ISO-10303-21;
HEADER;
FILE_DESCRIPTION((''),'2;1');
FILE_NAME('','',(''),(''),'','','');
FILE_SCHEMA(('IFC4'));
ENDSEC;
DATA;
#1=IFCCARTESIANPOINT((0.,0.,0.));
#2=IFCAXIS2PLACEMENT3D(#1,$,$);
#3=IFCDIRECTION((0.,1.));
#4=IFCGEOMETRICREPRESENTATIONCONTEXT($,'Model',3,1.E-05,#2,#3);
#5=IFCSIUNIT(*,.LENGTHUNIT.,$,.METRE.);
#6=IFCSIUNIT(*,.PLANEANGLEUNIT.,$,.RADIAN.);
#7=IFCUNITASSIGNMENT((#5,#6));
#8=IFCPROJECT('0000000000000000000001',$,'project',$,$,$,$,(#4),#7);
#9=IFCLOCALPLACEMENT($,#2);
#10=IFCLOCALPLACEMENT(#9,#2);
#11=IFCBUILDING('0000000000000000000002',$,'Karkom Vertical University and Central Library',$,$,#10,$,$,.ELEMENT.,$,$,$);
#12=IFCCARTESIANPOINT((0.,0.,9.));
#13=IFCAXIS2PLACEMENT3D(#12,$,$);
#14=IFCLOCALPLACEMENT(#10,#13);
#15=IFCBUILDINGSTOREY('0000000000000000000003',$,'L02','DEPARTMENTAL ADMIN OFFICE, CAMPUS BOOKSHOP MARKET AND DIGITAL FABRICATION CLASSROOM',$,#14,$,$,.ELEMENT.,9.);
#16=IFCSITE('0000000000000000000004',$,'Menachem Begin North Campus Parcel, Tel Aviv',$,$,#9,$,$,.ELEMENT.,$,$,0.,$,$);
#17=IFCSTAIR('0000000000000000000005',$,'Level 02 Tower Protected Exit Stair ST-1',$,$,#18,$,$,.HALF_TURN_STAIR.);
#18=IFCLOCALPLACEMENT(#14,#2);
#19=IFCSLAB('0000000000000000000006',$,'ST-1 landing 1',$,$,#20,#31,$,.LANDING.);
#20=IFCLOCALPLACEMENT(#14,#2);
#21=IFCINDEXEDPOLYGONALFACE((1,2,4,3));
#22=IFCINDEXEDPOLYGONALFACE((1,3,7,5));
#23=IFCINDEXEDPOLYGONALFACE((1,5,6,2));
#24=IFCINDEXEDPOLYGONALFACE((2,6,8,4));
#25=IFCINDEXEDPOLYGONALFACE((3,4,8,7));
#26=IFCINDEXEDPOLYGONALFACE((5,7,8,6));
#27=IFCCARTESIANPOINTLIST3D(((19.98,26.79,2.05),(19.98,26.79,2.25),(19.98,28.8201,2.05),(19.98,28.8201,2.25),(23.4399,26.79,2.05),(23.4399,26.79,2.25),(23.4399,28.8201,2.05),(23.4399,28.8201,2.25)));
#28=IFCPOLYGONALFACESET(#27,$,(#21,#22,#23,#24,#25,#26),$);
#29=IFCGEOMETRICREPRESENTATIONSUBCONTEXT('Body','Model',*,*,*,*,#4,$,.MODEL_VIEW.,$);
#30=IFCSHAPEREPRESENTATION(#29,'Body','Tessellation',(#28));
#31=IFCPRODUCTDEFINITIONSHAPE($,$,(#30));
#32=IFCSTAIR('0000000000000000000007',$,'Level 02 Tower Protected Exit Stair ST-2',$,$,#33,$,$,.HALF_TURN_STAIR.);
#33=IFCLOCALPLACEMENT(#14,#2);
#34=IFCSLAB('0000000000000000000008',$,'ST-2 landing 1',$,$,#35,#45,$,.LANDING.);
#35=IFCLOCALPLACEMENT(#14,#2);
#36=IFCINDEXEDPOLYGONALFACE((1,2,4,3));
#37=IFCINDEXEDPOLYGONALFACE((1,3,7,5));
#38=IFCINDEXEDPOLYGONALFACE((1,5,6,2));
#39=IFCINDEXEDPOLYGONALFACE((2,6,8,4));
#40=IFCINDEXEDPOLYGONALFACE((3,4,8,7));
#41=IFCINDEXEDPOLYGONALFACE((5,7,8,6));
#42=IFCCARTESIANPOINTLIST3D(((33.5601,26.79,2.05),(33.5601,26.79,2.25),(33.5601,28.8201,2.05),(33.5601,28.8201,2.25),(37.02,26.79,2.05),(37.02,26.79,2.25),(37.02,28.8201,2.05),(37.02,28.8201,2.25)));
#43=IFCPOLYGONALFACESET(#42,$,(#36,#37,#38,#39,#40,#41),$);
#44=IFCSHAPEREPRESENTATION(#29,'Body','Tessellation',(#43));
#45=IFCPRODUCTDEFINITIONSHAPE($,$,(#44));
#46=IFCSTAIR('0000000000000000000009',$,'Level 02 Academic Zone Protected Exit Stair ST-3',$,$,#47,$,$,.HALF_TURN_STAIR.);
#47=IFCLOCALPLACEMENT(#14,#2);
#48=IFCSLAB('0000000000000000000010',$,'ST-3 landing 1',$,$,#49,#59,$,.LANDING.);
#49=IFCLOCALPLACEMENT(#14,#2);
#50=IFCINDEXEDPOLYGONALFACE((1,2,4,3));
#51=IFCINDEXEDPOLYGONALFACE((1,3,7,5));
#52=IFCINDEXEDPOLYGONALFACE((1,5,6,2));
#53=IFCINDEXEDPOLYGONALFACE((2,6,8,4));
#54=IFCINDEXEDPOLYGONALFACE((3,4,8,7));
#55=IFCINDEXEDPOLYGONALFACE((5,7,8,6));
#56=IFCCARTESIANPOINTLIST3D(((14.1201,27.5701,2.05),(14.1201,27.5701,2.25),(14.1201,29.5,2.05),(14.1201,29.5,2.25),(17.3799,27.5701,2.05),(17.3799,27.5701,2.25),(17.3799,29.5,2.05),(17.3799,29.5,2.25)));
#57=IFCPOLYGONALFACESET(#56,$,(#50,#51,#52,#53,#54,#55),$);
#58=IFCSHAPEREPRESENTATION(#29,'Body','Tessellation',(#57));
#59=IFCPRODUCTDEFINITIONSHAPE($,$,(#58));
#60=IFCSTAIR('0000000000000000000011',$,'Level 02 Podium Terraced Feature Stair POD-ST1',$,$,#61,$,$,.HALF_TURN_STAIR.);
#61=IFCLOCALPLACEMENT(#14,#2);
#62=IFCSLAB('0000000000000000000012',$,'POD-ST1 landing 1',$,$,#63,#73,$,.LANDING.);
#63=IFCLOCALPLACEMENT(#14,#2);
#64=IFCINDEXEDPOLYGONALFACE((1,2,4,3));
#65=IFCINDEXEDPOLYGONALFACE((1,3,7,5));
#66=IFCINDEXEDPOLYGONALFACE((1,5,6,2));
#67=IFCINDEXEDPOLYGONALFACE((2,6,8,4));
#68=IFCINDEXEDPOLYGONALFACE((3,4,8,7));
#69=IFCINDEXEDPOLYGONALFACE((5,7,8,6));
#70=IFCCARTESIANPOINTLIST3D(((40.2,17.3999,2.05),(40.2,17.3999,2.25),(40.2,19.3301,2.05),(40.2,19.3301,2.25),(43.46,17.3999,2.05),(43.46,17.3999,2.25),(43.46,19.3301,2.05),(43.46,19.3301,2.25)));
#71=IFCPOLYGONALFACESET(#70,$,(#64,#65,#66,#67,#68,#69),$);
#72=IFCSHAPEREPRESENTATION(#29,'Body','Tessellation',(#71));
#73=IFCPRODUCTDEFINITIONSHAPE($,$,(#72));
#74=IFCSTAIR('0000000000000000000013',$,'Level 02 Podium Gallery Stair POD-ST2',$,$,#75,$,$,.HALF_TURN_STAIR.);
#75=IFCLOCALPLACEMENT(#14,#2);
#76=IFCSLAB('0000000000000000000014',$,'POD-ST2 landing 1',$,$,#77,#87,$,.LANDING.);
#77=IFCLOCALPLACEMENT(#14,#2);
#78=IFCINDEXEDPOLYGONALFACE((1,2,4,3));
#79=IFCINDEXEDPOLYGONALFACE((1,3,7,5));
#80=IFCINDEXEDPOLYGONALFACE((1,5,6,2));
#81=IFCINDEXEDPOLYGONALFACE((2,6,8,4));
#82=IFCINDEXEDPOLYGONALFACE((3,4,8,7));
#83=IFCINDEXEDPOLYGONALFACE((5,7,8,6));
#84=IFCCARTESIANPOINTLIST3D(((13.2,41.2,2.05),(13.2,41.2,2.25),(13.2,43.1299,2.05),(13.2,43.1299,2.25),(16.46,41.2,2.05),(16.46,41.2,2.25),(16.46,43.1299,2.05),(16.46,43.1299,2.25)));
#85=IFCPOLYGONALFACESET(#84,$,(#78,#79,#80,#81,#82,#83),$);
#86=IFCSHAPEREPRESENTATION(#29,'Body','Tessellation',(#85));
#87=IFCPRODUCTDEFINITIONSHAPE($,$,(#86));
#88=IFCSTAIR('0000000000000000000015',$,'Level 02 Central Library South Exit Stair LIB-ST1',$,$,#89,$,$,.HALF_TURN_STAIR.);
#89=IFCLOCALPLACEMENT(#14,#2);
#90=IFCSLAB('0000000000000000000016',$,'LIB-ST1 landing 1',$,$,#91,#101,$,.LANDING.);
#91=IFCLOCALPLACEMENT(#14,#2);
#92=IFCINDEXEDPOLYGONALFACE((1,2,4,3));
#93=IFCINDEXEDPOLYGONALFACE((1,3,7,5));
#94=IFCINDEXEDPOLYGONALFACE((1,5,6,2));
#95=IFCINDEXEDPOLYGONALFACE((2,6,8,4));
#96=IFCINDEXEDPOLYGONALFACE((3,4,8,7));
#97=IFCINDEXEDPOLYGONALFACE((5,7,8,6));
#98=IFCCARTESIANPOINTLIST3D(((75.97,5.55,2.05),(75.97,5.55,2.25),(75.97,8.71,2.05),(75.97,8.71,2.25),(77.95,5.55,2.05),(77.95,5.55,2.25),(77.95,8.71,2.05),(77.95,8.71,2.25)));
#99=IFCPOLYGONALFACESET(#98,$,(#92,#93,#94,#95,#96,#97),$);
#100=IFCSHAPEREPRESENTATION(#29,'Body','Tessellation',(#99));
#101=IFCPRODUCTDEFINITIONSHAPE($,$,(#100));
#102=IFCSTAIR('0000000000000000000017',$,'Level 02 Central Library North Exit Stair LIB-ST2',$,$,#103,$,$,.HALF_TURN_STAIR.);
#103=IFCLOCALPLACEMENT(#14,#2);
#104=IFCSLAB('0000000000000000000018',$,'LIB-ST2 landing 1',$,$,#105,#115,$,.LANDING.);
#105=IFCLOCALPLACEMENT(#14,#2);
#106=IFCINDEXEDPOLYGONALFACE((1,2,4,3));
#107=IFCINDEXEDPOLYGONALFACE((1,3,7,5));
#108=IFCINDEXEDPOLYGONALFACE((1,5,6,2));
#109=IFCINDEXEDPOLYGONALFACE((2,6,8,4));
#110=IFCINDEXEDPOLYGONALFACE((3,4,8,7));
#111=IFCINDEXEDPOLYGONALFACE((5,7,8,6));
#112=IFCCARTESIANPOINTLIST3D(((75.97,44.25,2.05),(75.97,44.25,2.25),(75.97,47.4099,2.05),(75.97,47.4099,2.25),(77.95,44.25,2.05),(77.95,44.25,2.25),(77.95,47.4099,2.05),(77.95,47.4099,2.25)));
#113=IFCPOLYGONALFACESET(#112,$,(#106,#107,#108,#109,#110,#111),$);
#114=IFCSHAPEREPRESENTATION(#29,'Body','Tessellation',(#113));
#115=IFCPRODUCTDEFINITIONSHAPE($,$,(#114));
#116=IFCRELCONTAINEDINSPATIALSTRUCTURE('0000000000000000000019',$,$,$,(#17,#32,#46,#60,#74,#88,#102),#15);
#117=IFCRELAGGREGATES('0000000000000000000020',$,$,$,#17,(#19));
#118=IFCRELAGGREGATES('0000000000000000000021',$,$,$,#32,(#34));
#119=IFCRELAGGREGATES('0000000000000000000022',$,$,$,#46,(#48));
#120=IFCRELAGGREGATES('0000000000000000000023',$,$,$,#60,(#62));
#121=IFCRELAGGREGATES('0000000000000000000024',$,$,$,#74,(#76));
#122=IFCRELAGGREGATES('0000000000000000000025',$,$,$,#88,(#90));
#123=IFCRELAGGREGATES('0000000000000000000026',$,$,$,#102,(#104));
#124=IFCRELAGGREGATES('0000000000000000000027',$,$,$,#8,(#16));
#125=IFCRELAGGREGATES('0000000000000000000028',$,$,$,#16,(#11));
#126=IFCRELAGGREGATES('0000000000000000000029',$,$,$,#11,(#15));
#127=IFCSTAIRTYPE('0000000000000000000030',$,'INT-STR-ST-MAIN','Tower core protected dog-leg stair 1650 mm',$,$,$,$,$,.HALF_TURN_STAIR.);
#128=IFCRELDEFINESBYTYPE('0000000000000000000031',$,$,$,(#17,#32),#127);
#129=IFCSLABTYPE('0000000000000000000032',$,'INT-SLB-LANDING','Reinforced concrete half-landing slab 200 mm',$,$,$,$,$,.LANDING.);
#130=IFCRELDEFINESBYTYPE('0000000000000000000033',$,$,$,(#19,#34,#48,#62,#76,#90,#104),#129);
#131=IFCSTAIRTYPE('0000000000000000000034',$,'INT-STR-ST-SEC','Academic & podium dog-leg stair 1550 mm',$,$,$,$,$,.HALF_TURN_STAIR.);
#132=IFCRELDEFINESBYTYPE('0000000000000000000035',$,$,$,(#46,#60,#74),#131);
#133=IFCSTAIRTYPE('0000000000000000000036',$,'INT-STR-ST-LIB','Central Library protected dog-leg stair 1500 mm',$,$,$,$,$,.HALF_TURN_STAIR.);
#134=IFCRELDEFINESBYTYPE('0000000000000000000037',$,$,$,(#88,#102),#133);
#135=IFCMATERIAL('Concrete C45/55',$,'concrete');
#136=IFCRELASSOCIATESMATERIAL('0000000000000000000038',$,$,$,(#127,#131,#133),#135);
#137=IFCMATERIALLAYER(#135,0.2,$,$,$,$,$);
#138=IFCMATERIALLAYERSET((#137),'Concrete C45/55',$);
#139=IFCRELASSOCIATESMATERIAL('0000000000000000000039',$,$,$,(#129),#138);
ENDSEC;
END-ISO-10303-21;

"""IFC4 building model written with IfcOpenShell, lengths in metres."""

from ifc_helpers import new_model, si_unit, direction, frame, origin, place, context, subcontext, project, spatial, polyline, outline, extrude, material, layer, layer_set, type_object, element, aggregate, save


model = new_model("IFC4")

# Units and contexts
model_context = context("Model", 3, precision=1e-05, world=origin(), true_north=direction((0.0, 1.0)))
body_context = subcontext(model_context, "Body", "Model", "MODEL_VIEW")
ifc_project = project(units=[si_unit("LENGTHUNIT", "METRE"), si_unit("PLANEANGLEUNIT", "RADIAN")], contexts=[model_context])

# Site, building, storey
site_placement = place(None, origin())
site = spatial("IfcSite", under=ifc_project, at=site_placement, Name="Menachem Begin North Campus Parcel, Tel Aviv", CompositionType="ELEMENT", RefElevation=0.0)
building_placement = place(site_placement, origin())
building = spatial("IfcBuilding", under=site, at=building_placement, Name="Karkom Vertical University and Central Library", CompositionType="ELEMENT")
storey_placement = place(building_placement, frame((0.0, 0.0, 9.0)))
storey = spatial("IfcBuildingStorey", under=building, at=storey_placement, Name="L02", Description="DEPARTMENTAL ADMIN OFFICE, CAMPUS BOOKSHOP MARKET AND DIGITAL FABRICATION CLASSROOM", CompositionType="ELEMENT", Elevation=9.0)

# Stairs, slabs
ifc_material_1 = material(Name="Concrete C45/55", Category="concrete")
stair_type_1 = type_object("IfcStairType", Name="INT-STR-ST-MAIN", Description="Tower core protected dog-leg stair 1650 mm", PredefinedType="HALF_TURN_STAIR", material=ifc_material_1)
stair_1_placement = place(storey_placement, origin())
stair_1 = element("IfcStair", 1, at=stair_1_placement, inside=storey, type_object=stair_type_1, Name="Level 02 Tower Protected Exit Stair ST-1", PredefinedType="HALF_TURN_STAIR")
ifc_layer_1 = layer(ifc_material_1, 0.2)
ifc_layer_set_1 = layer_set([ifc_layer_1], Name="Concrete C45/55")
slab_type_1 = type_object("IfcSlabType", Name="INT-SLB-LANDING", Description="Reinforced concrete half-landing slab 200 mm", PredefinedType="LANDING", material=ifc_layer_set_1)
slab_1_placement = place(storey_placement, frame((0.0, 0.0, 2.05)))
slab_1 = element("IfcSlab", 2, at=slab_1_placement, type_object=slab_type_1, Name="ST-1 landing 1", PredefinedType="LANDING", context=body_context, shape_type="SweptSolid", body=[
    extrude(outline(polyline([(23.4399, 26.79), (23.4399, 28.8201), (19.98, 28.8201), (19.98, 26.79), (23.4399, 26.79)])), origin(), (0.0, 0.0, 1.0), 0.2),
])
aggregate(stair_1, [slab_1])
stair_2_placement = place(storey_placement, origin())
stair_2 = element("IfcStair", 3, at=stair_2_placement, inside=storey, type_object=stair_type_1, Name="Level 02 Tower Protected Exit Stair ST-2", PredefinedType="HALF_TURN_STAIR")
slab_2_placement = place(storey_placement, frame((0.0, 0.0, 2.05)))
slab_2 = element("IfcSlab", 4, at=slab_2_placement, type_object=slab_type_1, Name="ST-2 landing 1", PredefinedType="LANDING", context=body_context, shape_type="SweptSolid", body=[
    extrude(outline(polyline([(37.02, 26.79), (37.02, 28.8201), (33.5601, 28.8201), (33.5601, 26.79), (37.02, 26.79)])), origin(), (0.0, 0.0, 1.0), 0.2),
])
aggregate(stair_2, [slab_2])
stair_type_2 = type_object("IfcStairType", Name="INT-STR-ST-SEC", Description="Academic & podium dog-leg stair 1550 mm", PredefinedType="HALF_TURN_STAIR", material=ifc_material_1)
stair_3_placement = place(storey_placement, origin())
stair_3 = element("IfcStair", 5, at=stair_3_placement, inside=storey, type_object=stair_type_2, Name="Level 02 Academic Zone Protected Exit Stair ST-3", PredefinedType="HALF_TURN_STAIR")
slab_3_placement = place(storey_placement, frame((0.0, 0.0, 2.05)))
slab_3 = element("IfcSlab", 6, at=slab_3_placement, type_object=slab_type_1, Name="ST-3 landing 1", PredefinedType="LANDING", context=body_context, shape_type="SweptSolid", body=[
    extrude(outline(polyline([(17.3799, 27.5701), (17.3799, 29.5), (14.1201, 29.5), (14.1201, 27.5701), (17.3799, 27.5701)])), origin(), (0.0, 0.0, 1.0), 0.2),
])
aggregate(stair_3, [slab_3])
stair_4_placement = place(storey_placement, origin())
stair_4 = element("IfcStair", 7, at=stair_4_placement, inside=storey, type_object=stair_type_2, Name="Level 02 Podium Terraced Feature Stair POD-ST1", PredefinedType="HALF_TURN_STAIR")
slab_4_placement = place(storey_placement, frame((0.0, 0.0, 2.05)))
slab_4 = element("IfcSlab", 8, at=slab_4_placement, type_object=slab_type_1, Name="POD-ST1 landing 1", PredefinedType="LANDING", context=body_context, shape_type="SweptSolid", body=[
    extrude(outline(polyline([(43.46, 17.3999), (43.46, 19.3301), (40.2, 19.3301), (40.2, 17.3999), (43.46, 17.3999)])), origin(), (0.0, 0.0, 1.0), 0.2),
])
aggregate(stair_4, [slab_4])
stair_5_placement = place(storey_placement, origin())
stair_5 = element("IfcStair", 9, at=stair_5_placement, inside=storey, type_object=stair_type_2, Name="Level 02 Podium Gallery Stair POD-ST2", PredefinedType="HALF_TURN_STAIR")
slab_5_placement = place(storey_placement, frame((0.0, 0.0, 2.05)))
slab_5 = element("IfcSlab", 10, at=slab_5_placement, type_object=slab_type_1, Name="POD-ST2 landing 1", PredefinedType="LANDING", context=body_context, shape_type="SweptSolid", body=[
    extrude(outline(polyline([(16.46, 41.2), (16.46, 43.1299), (13.2, 43.1299), (13.2, 41.2), (16.46, 41.2)])), origin(), (0.0, 0.0, 1.0), 0.2),
])
aggregate(stair_5, [slab_5])
stair_type_3 = type_object("IfcStairType", Name="INT-STR-ST-LIB", Description="Central Library protected dog-leg stair 1500 mm", PredefinedType="HALF_TURN_STAIR", material=ifc_material_1)
stair_6_placement = place(storey_placement, origin())
stair_6 = element("IfcStair", 11, at=stair_6_placement, inside=storey, type_object=stair_type_3, Name="Level 02 Central Library South Exit Stair LIB-ST1", PredefinedType="HALF_TURN_STAIR")
slab_6_placement = place(storey_placement, frame((0.0, 0.0, 2.05)))
slab_6 = element("IfcSlab", 12, at=slab_6_placement, type_object=slab_type_1, Name="LIB-ST1 landing 1", PredefinedType="LANDING", context=body_context, shape_type="SweptSolid", body=[
    extrude(outline(polyline([(75.97, 5.55), (77.95, 5.55), (77.95, 8.71), (75.97, 8.71), (75.97, 5.55)])), origin(), (0.0, 0.0, 1.0), 0.2),
])
aggregate(stair_6, [slab_6])
stair_7_placement = place(storey_placement, origin())
stair_7 = element("IfcStair", 13, at=stair_7_placement, inside=storey, type_object=stair_type_3, Name="Level 02 Central Library North Exit Stair LIB-ST2", PredefinedType="HALF_TURN_STAIR")
slab_7_placement = place(storey_placement, frame((0.0, 0.0, 2.05)))
slab_7 = element("IfcSlab", 14, at=slab_7_placement, type_object=slab_type_1, Name="LIB-ST2 landing 1", PredefinedType="LANDING", context=body_context, shape_type="SweptSolid", body=[
    extrude(outline(polyline([(75.97, 44.25), (77.95, 44.25), (77.95, 47.4099), (75.97, 47.4099), (75.97, 44.25)])), origin(), (0.0, 0.0, 1.0), 0.2),
])
aggregate(stair_7, [slab_7])

save(model, "model.ifc")
